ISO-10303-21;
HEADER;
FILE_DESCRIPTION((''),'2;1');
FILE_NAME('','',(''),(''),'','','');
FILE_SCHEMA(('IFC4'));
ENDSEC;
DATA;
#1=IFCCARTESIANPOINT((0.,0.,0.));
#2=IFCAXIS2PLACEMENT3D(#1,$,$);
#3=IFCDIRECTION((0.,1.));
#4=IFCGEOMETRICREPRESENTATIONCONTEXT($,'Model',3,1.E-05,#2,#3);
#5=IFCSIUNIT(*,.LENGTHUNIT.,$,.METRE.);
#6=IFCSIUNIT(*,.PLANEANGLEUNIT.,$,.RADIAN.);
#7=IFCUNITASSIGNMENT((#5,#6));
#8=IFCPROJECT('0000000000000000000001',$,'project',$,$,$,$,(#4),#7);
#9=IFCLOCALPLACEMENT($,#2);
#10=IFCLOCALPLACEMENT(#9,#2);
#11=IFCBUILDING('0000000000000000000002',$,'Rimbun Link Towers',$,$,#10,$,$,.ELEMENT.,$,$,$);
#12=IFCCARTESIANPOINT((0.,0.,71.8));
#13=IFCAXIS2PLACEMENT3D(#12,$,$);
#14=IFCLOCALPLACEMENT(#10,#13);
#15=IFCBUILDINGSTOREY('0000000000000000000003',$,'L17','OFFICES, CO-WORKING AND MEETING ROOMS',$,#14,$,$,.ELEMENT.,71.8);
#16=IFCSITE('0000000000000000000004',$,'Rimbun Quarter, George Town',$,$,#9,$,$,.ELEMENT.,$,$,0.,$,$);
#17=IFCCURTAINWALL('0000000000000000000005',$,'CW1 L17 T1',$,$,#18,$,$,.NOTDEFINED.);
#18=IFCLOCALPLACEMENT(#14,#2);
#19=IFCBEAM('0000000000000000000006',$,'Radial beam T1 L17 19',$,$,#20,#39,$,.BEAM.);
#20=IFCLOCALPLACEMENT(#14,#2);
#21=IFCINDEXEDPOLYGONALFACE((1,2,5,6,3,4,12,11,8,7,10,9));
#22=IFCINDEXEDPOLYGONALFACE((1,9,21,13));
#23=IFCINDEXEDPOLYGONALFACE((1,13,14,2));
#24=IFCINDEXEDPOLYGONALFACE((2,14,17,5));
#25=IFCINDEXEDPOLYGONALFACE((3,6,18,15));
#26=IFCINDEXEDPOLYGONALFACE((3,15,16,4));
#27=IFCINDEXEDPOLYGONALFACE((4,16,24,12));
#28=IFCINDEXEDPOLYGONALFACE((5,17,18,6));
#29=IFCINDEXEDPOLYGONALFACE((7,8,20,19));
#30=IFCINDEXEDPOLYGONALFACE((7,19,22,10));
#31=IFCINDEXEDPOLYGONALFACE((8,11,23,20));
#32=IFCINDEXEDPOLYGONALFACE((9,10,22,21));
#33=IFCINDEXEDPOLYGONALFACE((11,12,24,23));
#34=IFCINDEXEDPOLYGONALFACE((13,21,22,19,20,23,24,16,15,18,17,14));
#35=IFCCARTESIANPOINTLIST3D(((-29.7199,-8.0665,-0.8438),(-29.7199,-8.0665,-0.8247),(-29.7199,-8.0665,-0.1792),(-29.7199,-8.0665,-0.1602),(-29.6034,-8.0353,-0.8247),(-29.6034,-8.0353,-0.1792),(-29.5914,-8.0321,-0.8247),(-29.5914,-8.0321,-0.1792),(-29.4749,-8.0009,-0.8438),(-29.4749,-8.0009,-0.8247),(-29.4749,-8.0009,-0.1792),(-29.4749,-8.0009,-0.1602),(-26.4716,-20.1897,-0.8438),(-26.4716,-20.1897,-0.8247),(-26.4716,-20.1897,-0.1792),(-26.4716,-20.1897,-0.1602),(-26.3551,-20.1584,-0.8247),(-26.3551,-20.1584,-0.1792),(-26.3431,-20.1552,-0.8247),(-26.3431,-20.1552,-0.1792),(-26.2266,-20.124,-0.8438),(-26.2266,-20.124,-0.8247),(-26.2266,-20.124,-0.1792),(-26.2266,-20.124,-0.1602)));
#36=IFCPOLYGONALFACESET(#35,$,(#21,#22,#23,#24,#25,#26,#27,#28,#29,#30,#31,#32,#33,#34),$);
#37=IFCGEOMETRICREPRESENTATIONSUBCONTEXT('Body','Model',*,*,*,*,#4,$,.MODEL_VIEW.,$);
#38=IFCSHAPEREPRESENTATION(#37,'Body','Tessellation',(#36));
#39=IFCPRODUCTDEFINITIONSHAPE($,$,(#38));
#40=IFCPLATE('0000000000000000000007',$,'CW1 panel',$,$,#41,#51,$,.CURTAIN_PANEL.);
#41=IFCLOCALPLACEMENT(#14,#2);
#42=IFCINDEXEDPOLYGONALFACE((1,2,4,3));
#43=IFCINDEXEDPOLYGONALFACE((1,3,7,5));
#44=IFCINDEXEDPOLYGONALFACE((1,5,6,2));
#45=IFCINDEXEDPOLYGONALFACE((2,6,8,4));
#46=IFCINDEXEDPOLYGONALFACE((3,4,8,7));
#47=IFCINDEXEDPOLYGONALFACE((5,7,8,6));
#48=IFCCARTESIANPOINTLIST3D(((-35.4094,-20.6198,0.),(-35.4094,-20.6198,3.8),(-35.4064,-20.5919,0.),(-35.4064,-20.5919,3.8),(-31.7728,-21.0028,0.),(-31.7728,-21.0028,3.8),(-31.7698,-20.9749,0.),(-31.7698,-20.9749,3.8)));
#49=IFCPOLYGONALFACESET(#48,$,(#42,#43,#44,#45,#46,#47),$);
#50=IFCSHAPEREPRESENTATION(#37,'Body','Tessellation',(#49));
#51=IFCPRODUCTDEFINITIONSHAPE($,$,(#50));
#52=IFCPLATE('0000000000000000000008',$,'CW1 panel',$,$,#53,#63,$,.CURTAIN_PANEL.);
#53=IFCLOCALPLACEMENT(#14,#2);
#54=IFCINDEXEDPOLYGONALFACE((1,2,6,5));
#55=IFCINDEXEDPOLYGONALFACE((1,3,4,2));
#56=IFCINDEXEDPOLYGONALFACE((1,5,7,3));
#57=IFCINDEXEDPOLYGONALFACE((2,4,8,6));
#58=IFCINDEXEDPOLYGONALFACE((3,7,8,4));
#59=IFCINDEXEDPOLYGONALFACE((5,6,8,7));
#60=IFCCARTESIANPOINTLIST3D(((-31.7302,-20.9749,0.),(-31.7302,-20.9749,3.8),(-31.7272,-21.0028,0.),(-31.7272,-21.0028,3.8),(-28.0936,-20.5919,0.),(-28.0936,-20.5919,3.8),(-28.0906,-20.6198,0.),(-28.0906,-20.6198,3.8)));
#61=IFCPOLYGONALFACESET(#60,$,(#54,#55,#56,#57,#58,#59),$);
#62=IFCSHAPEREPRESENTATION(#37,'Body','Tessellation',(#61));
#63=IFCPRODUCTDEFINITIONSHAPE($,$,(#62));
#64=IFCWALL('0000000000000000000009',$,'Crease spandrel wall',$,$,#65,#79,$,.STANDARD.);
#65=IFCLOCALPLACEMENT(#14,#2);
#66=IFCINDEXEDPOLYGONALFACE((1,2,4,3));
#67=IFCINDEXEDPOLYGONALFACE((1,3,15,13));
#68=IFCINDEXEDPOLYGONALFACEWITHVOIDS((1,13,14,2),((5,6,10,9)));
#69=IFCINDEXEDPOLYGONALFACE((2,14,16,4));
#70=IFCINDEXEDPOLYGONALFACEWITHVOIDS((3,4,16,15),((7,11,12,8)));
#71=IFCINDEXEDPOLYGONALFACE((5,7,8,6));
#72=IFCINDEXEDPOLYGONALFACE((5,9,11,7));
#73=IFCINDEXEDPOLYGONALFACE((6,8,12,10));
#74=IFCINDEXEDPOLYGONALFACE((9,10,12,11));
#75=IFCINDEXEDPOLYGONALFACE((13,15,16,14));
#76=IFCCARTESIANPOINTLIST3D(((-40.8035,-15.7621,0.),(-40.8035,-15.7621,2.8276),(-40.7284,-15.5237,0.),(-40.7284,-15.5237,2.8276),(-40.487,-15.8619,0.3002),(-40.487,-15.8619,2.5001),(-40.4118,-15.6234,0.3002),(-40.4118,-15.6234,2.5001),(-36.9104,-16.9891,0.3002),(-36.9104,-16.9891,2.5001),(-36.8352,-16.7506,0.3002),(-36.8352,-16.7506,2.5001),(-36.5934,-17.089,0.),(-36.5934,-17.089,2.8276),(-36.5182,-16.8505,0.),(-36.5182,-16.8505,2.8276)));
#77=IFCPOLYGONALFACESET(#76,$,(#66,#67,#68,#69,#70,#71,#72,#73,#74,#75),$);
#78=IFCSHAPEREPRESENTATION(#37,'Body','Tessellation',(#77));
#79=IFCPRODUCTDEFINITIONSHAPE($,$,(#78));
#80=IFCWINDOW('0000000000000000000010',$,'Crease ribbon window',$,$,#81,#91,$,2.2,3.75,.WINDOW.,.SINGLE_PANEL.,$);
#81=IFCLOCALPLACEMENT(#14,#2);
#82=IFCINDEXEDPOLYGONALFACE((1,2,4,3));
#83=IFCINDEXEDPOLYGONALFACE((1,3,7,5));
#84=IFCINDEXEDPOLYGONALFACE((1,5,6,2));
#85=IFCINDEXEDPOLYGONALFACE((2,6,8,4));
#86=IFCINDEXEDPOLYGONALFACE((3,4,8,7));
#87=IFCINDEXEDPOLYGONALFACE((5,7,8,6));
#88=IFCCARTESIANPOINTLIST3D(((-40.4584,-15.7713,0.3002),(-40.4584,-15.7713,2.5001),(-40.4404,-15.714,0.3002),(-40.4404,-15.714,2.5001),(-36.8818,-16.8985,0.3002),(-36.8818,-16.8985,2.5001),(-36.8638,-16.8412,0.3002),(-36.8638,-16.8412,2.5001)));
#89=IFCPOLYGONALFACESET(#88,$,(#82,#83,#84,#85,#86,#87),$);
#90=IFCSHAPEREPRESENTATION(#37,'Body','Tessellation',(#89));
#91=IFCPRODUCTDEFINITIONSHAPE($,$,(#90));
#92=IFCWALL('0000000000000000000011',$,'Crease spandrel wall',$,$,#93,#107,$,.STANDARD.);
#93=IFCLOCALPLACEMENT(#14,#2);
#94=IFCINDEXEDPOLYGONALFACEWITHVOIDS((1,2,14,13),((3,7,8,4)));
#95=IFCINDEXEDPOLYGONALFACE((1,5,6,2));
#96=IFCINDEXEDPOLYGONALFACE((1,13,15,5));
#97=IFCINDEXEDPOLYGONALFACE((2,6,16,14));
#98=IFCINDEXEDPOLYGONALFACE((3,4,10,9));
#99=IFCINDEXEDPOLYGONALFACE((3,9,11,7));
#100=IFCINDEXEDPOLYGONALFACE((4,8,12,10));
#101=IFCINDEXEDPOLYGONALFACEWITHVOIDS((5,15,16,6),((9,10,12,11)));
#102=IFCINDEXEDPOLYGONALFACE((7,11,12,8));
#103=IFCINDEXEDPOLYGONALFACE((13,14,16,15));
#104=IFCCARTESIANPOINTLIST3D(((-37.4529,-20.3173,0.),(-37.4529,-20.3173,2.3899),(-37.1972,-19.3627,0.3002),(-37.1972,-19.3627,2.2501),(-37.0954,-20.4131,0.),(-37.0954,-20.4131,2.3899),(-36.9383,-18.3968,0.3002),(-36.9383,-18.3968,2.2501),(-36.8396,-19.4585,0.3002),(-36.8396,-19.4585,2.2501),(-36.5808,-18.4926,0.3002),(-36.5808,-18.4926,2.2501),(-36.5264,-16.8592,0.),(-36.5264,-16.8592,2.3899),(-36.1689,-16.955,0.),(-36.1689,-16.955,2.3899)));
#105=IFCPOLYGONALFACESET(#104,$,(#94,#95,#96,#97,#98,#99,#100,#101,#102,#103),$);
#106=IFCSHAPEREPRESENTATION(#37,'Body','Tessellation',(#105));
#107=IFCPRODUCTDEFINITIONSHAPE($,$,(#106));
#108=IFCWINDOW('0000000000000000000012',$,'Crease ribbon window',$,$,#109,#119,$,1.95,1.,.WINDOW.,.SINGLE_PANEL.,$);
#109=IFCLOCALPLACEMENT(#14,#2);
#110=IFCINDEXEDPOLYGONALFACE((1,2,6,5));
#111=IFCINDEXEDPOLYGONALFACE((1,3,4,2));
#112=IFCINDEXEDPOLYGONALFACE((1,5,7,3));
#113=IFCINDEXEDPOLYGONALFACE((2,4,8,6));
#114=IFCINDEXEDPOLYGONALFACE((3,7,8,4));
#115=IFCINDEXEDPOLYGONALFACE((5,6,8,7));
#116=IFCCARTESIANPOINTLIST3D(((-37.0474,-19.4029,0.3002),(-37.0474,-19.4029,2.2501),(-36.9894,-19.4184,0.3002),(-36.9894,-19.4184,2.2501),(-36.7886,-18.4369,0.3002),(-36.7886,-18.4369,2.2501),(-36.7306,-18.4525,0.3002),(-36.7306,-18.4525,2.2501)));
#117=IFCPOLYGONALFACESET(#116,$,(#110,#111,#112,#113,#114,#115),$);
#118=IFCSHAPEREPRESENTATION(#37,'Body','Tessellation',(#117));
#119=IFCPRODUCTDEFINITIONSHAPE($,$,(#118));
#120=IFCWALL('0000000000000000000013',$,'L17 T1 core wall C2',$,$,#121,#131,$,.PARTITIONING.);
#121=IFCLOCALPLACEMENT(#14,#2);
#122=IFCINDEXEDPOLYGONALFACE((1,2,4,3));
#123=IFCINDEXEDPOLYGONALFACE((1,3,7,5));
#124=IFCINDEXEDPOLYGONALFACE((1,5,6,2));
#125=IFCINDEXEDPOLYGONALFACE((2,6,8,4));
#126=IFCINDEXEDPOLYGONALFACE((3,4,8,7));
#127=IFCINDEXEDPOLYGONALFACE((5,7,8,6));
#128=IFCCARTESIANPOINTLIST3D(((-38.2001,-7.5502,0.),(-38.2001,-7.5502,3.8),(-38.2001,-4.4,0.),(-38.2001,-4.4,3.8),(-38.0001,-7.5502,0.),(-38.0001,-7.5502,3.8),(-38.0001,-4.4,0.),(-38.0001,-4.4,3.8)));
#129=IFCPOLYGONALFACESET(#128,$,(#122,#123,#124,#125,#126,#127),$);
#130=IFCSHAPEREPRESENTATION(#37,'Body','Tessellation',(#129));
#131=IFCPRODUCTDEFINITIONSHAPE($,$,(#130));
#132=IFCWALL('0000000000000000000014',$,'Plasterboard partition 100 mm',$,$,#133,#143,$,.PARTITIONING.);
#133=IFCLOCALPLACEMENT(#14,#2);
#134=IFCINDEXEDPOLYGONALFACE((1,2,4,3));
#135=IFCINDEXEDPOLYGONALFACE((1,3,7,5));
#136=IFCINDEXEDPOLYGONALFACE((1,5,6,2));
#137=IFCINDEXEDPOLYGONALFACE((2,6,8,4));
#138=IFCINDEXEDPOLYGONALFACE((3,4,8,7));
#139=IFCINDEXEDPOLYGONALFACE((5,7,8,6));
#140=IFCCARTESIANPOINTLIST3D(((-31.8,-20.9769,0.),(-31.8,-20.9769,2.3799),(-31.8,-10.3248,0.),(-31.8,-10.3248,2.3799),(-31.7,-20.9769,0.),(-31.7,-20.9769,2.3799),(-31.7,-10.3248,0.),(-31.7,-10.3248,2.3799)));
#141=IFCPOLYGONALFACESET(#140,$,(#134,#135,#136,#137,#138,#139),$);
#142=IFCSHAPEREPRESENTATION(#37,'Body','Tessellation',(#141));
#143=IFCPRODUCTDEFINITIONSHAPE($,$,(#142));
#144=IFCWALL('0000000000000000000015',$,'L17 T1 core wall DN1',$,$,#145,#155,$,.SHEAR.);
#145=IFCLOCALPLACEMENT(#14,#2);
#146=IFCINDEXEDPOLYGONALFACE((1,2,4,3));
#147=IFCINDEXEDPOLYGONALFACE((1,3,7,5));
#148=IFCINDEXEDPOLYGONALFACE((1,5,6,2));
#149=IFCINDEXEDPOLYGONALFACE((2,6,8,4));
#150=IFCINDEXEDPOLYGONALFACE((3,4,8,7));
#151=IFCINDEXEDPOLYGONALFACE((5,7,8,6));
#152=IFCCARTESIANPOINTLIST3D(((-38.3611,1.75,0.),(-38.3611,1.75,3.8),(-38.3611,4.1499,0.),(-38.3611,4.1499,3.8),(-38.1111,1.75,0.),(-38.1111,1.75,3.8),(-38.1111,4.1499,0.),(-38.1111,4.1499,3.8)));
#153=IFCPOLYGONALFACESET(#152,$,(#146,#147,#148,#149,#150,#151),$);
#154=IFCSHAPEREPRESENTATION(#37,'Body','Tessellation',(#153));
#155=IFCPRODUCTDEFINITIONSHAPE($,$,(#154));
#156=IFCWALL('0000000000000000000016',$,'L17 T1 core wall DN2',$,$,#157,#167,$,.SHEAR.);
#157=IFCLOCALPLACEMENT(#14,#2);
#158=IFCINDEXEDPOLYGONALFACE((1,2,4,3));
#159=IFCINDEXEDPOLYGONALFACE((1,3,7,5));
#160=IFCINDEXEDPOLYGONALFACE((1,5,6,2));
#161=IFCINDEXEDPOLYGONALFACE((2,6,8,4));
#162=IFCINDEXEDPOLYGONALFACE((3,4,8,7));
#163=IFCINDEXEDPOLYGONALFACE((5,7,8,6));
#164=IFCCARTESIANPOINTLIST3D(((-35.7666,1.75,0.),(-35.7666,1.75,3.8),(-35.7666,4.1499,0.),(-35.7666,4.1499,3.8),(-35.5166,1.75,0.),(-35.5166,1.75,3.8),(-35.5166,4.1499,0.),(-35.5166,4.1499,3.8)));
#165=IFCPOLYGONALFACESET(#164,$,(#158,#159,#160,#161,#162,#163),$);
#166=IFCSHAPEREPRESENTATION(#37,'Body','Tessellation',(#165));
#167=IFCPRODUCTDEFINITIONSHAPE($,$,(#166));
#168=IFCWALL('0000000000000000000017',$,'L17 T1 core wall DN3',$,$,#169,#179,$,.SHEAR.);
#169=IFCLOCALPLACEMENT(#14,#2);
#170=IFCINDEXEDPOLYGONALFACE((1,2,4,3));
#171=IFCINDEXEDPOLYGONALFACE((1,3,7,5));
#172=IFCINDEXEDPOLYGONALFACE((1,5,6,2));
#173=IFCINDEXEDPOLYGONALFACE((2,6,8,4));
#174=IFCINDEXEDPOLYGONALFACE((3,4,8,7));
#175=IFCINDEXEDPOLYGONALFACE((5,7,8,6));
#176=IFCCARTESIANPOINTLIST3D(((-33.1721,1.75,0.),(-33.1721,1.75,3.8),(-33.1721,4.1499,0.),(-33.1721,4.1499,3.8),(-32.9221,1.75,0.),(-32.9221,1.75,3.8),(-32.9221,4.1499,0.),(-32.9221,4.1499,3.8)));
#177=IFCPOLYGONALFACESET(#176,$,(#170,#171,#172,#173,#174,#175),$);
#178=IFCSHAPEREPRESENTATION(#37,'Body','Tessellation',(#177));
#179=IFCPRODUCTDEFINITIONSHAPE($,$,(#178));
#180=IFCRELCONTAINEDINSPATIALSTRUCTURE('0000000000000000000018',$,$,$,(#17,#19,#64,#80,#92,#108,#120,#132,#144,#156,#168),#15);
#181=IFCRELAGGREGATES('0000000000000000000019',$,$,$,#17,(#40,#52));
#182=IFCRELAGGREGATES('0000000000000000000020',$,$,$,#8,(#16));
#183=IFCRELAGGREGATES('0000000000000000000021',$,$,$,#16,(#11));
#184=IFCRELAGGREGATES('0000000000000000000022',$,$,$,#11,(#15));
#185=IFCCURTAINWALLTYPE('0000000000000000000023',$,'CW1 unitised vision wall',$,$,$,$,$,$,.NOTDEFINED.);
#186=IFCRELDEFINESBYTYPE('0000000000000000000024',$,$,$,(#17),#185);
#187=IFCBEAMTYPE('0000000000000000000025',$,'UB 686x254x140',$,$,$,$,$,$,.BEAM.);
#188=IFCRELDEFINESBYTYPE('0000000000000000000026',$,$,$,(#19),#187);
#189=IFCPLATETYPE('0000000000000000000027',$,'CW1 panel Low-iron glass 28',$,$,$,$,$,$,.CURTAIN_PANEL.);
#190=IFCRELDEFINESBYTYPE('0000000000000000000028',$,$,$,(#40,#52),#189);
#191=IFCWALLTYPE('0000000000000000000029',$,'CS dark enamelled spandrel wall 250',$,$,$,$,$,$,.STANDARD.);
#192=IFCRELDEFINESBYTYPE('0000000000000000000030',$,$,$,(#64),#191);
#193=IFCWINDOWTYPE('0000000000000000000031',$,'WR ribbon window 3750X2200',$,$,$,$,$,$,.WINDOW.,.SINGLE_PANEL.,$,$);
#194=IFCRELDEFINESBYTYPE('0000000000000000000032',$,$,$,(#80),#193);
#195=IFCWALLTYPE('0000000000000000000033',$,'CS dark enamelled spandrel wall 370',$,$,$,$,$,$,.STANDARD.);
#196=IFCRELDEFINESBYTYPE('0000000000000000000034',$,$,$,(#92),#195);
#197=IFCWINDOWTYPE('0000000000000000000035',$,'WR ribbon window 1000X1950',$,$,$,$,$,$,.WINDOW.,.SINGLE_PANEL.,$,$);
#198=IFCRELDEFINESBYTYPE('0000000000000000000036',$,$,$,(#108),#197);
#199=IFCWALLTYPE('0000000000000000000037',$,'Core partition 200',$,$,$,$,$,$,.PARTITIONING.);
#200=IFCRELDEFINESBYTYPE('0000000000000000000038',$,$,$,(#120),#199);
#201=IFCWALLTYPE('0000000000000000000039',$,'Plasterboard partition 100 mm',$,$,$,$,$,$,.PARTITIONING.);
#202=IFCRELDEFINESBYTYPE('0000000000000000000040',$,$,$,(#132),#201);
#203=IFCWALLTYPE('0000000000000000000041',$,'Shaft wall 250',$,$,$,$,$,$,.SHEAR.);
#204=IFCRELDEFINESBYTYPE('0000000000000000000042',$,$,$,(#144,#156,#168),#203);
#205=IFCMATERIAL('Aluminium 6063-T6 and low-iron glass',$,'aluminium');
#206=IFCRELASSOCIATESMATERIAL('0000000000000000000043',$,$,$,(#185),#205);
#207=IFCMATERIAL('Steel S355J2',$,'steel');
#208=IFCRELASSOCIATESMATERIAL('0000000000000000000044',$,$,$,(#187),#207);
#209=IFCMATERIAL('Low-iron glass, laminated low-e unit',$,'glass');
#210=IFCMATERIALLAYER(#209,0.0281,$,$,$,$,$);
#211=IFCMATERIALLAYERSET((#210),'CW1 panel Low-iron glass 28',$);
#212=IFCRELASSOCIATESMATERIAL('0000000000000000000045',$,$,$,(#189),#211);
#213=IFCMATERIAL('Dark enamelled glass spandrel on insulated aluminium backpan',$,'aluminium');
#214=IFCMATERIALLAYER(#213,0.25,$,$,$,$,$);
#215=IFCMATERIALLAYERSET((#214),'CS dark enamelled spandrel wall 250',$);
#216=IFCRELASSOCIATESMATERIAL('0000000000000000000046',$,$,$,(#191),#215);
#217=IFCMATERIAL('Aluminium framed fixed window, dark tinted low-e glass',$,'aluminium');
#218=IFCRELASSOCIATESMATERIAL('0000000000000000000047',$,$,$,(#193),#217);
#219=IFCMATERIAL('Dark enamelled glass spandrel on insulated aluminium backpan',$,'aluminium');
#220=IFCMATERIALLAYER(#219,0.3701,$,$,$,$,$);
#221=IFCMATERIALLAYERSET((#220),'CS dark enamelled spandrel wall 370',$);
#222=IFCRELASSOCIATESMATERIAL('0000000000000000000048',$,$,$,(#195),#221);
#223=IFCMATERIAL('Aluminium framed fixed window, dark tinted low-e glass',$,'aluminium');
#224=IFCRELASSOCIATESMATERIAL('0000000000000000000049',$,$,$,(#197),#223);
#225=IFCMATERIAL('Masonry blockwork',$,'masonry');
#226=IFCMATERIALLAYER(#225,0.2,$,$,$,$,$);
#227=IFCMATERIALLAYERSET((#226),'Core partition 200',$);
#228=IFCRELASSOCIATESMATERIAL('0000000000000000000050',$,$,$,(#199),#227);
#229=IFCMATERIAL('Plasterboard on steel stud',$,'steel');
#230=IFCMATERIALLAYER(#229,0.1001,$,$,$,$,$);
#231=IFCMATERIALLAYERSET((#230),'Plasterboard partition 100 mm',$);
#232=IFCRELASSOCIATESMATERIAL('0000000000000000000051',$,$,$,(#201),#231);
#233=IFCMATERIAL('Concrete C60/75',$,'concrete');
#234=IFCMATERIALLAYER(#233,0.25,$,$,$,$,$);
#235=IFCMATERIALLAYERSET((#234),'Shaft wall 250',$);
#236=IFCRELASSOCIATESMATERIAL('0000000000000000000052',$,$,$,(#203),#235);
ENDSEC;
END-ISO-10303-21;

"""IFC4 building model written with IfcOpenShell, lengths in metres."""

from ifc_helpers import new_model, si_unit, direction, frame, frame_2d, origin, origin_2d, place, context, subcontext, project, spatial, rectangle, i_section, extrude, material, layer, layer_set, material_profile, profile_set, type_object, element, fill, aggregate, save


model = new_model("IFC4")

# Units and contexts
model_context = context("Model", 3, precision=1e-05, world=origin(), true_north=direction((0.0, 1.0)))
body_context = subcontext(model_context, "Body", "Model", "MODEL_VIEW")
ifc_project = project(units=[si_unit("LENGTHUNIT", "METRE"), si_unit("PLANEANGLEUNIT", "RADIAN")], contexts=[model_context])

# Site, building, storey
site_placement = place(None, origin())
site = spatial("IfcSite", under=ifc_project, at=site_placement, Name="Rimbun Quarter, George Town", CompositionType="ELEMENT", RefElevation=0.0)
building_placement = place(site_placement, origin())
building = spatial("IfcBuilding", under=site, at=building_placement, Name="Rimbun Link Towers", CompositionType="ELEMENT")
storey_placement = place(building_placement, frame((0.0, 0.0, 71.8)))
storey = spatial("IfcBuildingStorey", under=building, at=storey_placement, Name="L17", Description="OFFICES, CO-WORKING AND MEETING ROOMS", CompositionType="ELEMENT", Elevation=71.8)

# Curtain wall
ifc_material_1 = material(Name="Aluminium 6063-T6 and low-iron glass", Category="aluminium")
curtain_wall_type = type_object("IfcCurtainWallType", Name="CW1 unitised vision wall", PredefinedType="NOTDEFINED", material=ifc_material_1)
curtain_wall_placement = place(storey_placement, origin())
curtain_wall = element("IfcCurtainWall", 1, at=curtain_wall_placement, inside=storey, type_object=curtain_wall_type, Name="CW1 L17 T1", PredefinedType="NOTDEFINED")

# Beam
ifc_material_2 = material(Name="Steel S355J2", Category="steel")
ifc_material_profile_1 = material_profile(ifc_material_2, i_section(OverallWidth=0.2537, OverallDepth=0.6836, WebThickness=0.0125, FlangeThickness=0.019, at=origin_2d()), Name="UB 686x254x140")
ifc_profile_set_1 = profile_set([ifc_material_profile_1], Name="Steel S355J2")
beam_type_1 = type_object("IfcBeamType", Name="UB 686x254x140", PredefinedType="BEAM", material=ifc_profile_set_1)
beam_1_placement = place(storey_placement, frame((-29.5974, -8.0337, -0.502), z_axis=(0.258814, -0.965927, 0.0), x_axis=(0.965927, 0.258814, 0.0)))
element("IfcBeam", 2, at=beam_1_placement, inside=storey, type_object=beam_type_1, Name="Radial beam T1 L17 19", PredefinedType="BEAM", context=body_context, shape_type="SweptSolid", body=[
    extrude(i_section(OverallWidth=0.2537, OverallDepth=0.6836, WebThickness=0.0125, FlangeThickness=0.019, at=origin_2d()), origin(), (0.0, 0.0, 1.0), 12.5508),
])

# Plates
ifc_material_3 = material(Name="Low-iron glass, laminated low-e unit", Category="glass")
ifc_layer_1 = layer(ifc_material_3, 0.0281)
ifc_layer_set_1 = layer_set([ifc_layer_1], Name="CW1 panel Low-iron glass 28")
plate_type = type_object("IfcPlateType", Name="CW1 panel Low-iron glass 28", PredefinedType="CURTAIN_PANEL", material=ifc_layer_set_1)
plate_1_placement = place(storey_placement, frame((-33.5896, -20.7974, 0.0), z_axis=(0.0, 0.0, 1.0), x_axis=(-0.9945, 0.104735, 0.0)))
plate_1 = element("IfcPlate", 3, at=plate_1_placement, type_object=plate_type, Name="CW1 panel", PredefinedType="CURTAIN_PANEL", context=body_context, shape_type="SweptSolid", body=[
    extrude(rectangle(XDim=3.6567, YDim=0.0281, at=origin_2d()), origin(), (0.0, 0.0, 1.0), 3.8),
])
plate_2_placement = place(storey_placement, frame((-29.9104, -20.7974, 0.0), z_axis=(0.0, 0.0, 1.0), x_axis=(-0.9945, -0.104735, 0.0)))
plate_2 = element("IfcPlate", 4, at=plate_2_placement, type_object=plate_type, Name="CW1 panel", PredefinedType="CURTAIN_PANEL", context=body_context, shape_type="SweptSolid", body=[
    extrude(rectangle(XDim=3.6567, YDim=0.0281, at=origin_2d()), origin(), (0.0, 0.0, 1.0), 3.8),
])
aggregate(curtain_wall, [plate_1, plate_2])

# Walls, openings, windows
ifc_material_4 = material(Name="Dark enamelled glass spandrel on insulated aluminium backpan", Category="aluminium")
ifc_layer_2 = layer(ifc_material_4, 0.25)
ifc_layer_set_2 = layer_set([ifc_layer_2], Name="CS dark enamelled spandrel wall 250")
wall_type_1 = type_object("IfcWallType", Name="CS dark enamelled spandrel wall 250", PredefinedType="STANDARD", material=ifc_layer_set_2)
wall_1_placement = place(storey_placement, frame((-36.5559, -16.9697, 0.0), z_axis=(0.0, 0.0, 1.0), x_axis=(-0.953754, 0.300589, 0.0)))
wall_1 = element("IfcWall", 5, at=wall_1_placement, inside=storey, type_object=wall_type_1, Name="Crease spandrel wall", PredefinedType="STANDARD", context=body_context, shape_type="SweptSolid", body=[
    extrude(rectangle(XDim=4.4143, YDim=0.25, at=frame_2d((2.207, 0.0))), origin(), (0.0, 0.0, 1.0), 2.8276),
])
opening_1_placement = place(wall_1_placement, frame((0.3323, 0.0, 0.3)))
opening_1 = element("IfcOpeningElement", 6, at=opening_1_placement, cuts=wall_1, PredefinedType="OPENING", context=body_context, shape_type="SweptSolid", body=[
    extrude(rectangle(XDim=3.75, YDim=2.2, at=frame_2d((1.875, 1.1001))), frame((0.0, 0.135, 0.0), z_axis=(0.0, -1.0, 0.0), x_axis=(1.0, 0.0, 0.0)), (0.0, 0.0, 1.0), 0.27),
])
ifc_material_5 = material(Name="Aluminium framed fixed window, dark tinted low-e glass", Category="aluminium")
window_type_1 = type_object("IfcWindowType", Name="WR ribbon window 3750X2200", PartitioningType="SINGLE_PANEL", PredefinedType="WINDOW", material=ifc_material_5)
window_1_placement = place(opening_1_placement, origin())
window_1 = element("IfcWindow", 7, at=window_1_placement, inside=storey, type_object=window_type_1, Name="Crease ribbon window", OverallHeight=2.2, OverallWidth=3.75, PartitioningType="SINGLE_PANEL", PredefinedType="WINDOW", context=body_context, shape_type="SweptSolid", body=[
    extrude(rectangle(XDim=3.75, YDim=2.2, at=frame_2d((1.875, 1.1001))), frame((0.0, 0.03, 0.0), z_axis=(0.0, -1.0, 0.0), x_axis=(1.0, 0.0, 0.0)), (0.0, 0.0, 1.0), 0.0601),
])
fill(opening_1, window_1)
ifc_material_6 = material(Name="Dark enamelled glass spandrel on insulated aluminium backpan", Category="aluminium")
ifc_layer_3 = layer(ifc_material_6, 0.3701)
ifc_layer_set_3 = layer_set([ifc_layer_3], Name="CS dark enamelled spandrel wall 370")
wall_type_2 = type_object("IfcWallType", Name="CS dark enamelled spandrel wall 370", PredefinedType="STANDARD", material=ifc_layer_set_3)
wall_2_placement = place(storey_placement, frame((-37.2742, -20.3652, 0.0), z_axis=(0.0, 0.0, 1.0), x_axis=(0.258804, 0.96593, 0.0)))
wall_2 = element("IfcWall", 8, at=wall_2_placement, inside=storey, type_object=wall_type_2, Name="Crease spandrel wall", PredefinedType="STANDARD", context=body_context, shape_type="SweptSolid", body=[
    extrude(rectangle(XDim=3.5801, YDim=0.3701, at=frame_2d((1.79, 0.0))), origin(), (0.0, 0.0, 1.0), 2.3899),
])
opening_2_placement = place(wall_2_placement, frame((0.9883, 0.0, 0.3)))
opening_2 = element("IfcOpeningElement", 9, at=opening_2_placement, cuts=wall_2, PredefinedType="OPENING", context=body_context, shape_type="SweptSolid", body=[
    extrude(rectangle(XDim=1.0, YDim=1.95, at=frame_2d((0.5, 0.9751))), frame((0.0, 0.1951, 0.0), z_axis=(0.0, -1.0, 0.0), x_axis=(1.0, 0.0, 0.0)), (0.0, 0.0, 1.0), 0.3901),
])
ifc_material_7 = material(Name="Aluminium framed fixed window, dark tinted low-e glass", Category="aluminium")
window_type_2 = type_object("IfcWindowType", Name="WR ribbon window 1000X1950", PartitioningType="SINGLE_PANEL", PredefinedType="WINDOW", material=ifc_material_7)
window_2_placement = place(opening_2_placement, origin())
window_2 = element("IfcWindow", 10, at=window_2_placement, inside=storey, type_object=window_type_2, Name="Crease ribbon window", OverallHeight=1.95, OverallWidth=1.0, PartitioningType="SINGLE_PANEL", PredefinedType="WINDOW", context=body_context, shape_type="SweptSolid", body=[
    extrude(rectangle(XDim=1.0, YDim=1.95, at=frame_2d((0.5, 0.9751))), frame((0.0, 0.03, 0.0), z_axis=(0.0, -1.0, 0.0), x_axis=(1.0, 0.0, 0.0)), (0.0, 0.0, 1.0), 0.0601),
])
fill(opening_2, window_2)

# Walls
ifc_material_8 = material(Name="Masonry blockwork", Category="masonry")
ifc_layer_4 = layer(ifc_material_8, 0.2)
ifc_layer_set_4 = layer_set([ifc_layer_4], Name="Core partition 200")
wall_type_3 = type_object("IfcWallType", Name="Core partition 200", PredefinedType="PARTITIONING", material=ifc_layer_set_4)
wall_3_placement = place(storey_placement, frame((-38.1001, -4.3999, 0.0), z_axis=(0.0, 0.0, 1.0), x_axis=(0.0, -1.0, 0.0)))
element("IfcWall", 11, at=wall_3_placement, inside=storey, type_object=wall_type_3, Name="L17 T1 core wall C2", PredefinedType="PARTITIONING", context=body_context, shape_type="SweptSolid", body=[
    extrude(rectangle(XDim=3.1501, YDim=0.2, at=frame_2d((1.5752, 0.0))), origin(), (0.0, 0.0, 1.0), 3.8),
])
ifc_material_9 = material(Name="Plasterboard on steel stud", Category="steel")
ifc_layer_5 = layer(ifc_material_9, 0.1001)
ifc_layer_set_5 = layer_set([ifc_layer_5], Name="Plasterboard partition 100 mm")
wall_type_4 = type_object("IfcWallType", Name="Plasterboard partition 100 mm", PredefinedType="PARTITIONING", material=ifc_layer_set_5)
wall_4_placement = place(storey_placement, frame((-31.75, -20.9771, 0.0), z_axis=(0.0, 0.0, 1.0), x_axis=(0.0, 1.0, 0.0)))
element("IfcWall", 12, at=wall_4_placement, inside=storey, type_object=wall_type_4, Name="Plasterboard partition 100 mm", PredefinedType="PARTITIONING", context=body_context, shape_type="SweptSolid", body=[
    extrude(rectangle(XDim=10.6521, YDim=0.1001, at=frame_2d((5.3262, 0.0))), origin(), (0.0, 0.0, 1.0), 2.3799),
])
ifc_material_10 = material(Name="Concrete C60/75", Category="concrete")
ifc_layer_6 = layer(ifc_material_10, 0.25)
ifc_layer_set_6 = layer_set([ifc_layer_6], Name="Shaft wall 250")
wall_type_5 = type_object("IfcWallType", Name="Shaft wall 250", PredefinedType="SHEAR", material=ifc_layer_set_6)
for number, where, z_axis, x_axis, name in (
    (13, (-38.2361, 1.75, 0.0), (0.0, 0.0, 1.0), (0.0, 1.0, 0.0), "L17 T1 core wall DN1"),
    (14, (-35.6416, 1.75, 0.0), (0.0, 0.0, 1.0), (0.0, 1.0, 0.0), "L17 T1 core wall DN2"),
    (15, (-33.0471, 1.75, 0.0), (0.0, 0.0, 1.0), (0.0, 1.0, 0.0), "L17 T1 core wall DN3"),
):
    element("IfcWall", number, at=place(storey_placement, frame(where, z_axis=z_axis, x_axis=x_axis)), inside=storey, type_object=wall_type_5, Name=name, PredefinedType="SHEAR", context=body_context, shape_type="SweptSolid", body=[
        extrude(rectangle(XDim=2.3999, YDim=0.25, at=frame_2d((1.2, 0.0))), origin(), (0.0, 0.0, 1.0), 3.8),
    ])

save(model, "model.ifc")
